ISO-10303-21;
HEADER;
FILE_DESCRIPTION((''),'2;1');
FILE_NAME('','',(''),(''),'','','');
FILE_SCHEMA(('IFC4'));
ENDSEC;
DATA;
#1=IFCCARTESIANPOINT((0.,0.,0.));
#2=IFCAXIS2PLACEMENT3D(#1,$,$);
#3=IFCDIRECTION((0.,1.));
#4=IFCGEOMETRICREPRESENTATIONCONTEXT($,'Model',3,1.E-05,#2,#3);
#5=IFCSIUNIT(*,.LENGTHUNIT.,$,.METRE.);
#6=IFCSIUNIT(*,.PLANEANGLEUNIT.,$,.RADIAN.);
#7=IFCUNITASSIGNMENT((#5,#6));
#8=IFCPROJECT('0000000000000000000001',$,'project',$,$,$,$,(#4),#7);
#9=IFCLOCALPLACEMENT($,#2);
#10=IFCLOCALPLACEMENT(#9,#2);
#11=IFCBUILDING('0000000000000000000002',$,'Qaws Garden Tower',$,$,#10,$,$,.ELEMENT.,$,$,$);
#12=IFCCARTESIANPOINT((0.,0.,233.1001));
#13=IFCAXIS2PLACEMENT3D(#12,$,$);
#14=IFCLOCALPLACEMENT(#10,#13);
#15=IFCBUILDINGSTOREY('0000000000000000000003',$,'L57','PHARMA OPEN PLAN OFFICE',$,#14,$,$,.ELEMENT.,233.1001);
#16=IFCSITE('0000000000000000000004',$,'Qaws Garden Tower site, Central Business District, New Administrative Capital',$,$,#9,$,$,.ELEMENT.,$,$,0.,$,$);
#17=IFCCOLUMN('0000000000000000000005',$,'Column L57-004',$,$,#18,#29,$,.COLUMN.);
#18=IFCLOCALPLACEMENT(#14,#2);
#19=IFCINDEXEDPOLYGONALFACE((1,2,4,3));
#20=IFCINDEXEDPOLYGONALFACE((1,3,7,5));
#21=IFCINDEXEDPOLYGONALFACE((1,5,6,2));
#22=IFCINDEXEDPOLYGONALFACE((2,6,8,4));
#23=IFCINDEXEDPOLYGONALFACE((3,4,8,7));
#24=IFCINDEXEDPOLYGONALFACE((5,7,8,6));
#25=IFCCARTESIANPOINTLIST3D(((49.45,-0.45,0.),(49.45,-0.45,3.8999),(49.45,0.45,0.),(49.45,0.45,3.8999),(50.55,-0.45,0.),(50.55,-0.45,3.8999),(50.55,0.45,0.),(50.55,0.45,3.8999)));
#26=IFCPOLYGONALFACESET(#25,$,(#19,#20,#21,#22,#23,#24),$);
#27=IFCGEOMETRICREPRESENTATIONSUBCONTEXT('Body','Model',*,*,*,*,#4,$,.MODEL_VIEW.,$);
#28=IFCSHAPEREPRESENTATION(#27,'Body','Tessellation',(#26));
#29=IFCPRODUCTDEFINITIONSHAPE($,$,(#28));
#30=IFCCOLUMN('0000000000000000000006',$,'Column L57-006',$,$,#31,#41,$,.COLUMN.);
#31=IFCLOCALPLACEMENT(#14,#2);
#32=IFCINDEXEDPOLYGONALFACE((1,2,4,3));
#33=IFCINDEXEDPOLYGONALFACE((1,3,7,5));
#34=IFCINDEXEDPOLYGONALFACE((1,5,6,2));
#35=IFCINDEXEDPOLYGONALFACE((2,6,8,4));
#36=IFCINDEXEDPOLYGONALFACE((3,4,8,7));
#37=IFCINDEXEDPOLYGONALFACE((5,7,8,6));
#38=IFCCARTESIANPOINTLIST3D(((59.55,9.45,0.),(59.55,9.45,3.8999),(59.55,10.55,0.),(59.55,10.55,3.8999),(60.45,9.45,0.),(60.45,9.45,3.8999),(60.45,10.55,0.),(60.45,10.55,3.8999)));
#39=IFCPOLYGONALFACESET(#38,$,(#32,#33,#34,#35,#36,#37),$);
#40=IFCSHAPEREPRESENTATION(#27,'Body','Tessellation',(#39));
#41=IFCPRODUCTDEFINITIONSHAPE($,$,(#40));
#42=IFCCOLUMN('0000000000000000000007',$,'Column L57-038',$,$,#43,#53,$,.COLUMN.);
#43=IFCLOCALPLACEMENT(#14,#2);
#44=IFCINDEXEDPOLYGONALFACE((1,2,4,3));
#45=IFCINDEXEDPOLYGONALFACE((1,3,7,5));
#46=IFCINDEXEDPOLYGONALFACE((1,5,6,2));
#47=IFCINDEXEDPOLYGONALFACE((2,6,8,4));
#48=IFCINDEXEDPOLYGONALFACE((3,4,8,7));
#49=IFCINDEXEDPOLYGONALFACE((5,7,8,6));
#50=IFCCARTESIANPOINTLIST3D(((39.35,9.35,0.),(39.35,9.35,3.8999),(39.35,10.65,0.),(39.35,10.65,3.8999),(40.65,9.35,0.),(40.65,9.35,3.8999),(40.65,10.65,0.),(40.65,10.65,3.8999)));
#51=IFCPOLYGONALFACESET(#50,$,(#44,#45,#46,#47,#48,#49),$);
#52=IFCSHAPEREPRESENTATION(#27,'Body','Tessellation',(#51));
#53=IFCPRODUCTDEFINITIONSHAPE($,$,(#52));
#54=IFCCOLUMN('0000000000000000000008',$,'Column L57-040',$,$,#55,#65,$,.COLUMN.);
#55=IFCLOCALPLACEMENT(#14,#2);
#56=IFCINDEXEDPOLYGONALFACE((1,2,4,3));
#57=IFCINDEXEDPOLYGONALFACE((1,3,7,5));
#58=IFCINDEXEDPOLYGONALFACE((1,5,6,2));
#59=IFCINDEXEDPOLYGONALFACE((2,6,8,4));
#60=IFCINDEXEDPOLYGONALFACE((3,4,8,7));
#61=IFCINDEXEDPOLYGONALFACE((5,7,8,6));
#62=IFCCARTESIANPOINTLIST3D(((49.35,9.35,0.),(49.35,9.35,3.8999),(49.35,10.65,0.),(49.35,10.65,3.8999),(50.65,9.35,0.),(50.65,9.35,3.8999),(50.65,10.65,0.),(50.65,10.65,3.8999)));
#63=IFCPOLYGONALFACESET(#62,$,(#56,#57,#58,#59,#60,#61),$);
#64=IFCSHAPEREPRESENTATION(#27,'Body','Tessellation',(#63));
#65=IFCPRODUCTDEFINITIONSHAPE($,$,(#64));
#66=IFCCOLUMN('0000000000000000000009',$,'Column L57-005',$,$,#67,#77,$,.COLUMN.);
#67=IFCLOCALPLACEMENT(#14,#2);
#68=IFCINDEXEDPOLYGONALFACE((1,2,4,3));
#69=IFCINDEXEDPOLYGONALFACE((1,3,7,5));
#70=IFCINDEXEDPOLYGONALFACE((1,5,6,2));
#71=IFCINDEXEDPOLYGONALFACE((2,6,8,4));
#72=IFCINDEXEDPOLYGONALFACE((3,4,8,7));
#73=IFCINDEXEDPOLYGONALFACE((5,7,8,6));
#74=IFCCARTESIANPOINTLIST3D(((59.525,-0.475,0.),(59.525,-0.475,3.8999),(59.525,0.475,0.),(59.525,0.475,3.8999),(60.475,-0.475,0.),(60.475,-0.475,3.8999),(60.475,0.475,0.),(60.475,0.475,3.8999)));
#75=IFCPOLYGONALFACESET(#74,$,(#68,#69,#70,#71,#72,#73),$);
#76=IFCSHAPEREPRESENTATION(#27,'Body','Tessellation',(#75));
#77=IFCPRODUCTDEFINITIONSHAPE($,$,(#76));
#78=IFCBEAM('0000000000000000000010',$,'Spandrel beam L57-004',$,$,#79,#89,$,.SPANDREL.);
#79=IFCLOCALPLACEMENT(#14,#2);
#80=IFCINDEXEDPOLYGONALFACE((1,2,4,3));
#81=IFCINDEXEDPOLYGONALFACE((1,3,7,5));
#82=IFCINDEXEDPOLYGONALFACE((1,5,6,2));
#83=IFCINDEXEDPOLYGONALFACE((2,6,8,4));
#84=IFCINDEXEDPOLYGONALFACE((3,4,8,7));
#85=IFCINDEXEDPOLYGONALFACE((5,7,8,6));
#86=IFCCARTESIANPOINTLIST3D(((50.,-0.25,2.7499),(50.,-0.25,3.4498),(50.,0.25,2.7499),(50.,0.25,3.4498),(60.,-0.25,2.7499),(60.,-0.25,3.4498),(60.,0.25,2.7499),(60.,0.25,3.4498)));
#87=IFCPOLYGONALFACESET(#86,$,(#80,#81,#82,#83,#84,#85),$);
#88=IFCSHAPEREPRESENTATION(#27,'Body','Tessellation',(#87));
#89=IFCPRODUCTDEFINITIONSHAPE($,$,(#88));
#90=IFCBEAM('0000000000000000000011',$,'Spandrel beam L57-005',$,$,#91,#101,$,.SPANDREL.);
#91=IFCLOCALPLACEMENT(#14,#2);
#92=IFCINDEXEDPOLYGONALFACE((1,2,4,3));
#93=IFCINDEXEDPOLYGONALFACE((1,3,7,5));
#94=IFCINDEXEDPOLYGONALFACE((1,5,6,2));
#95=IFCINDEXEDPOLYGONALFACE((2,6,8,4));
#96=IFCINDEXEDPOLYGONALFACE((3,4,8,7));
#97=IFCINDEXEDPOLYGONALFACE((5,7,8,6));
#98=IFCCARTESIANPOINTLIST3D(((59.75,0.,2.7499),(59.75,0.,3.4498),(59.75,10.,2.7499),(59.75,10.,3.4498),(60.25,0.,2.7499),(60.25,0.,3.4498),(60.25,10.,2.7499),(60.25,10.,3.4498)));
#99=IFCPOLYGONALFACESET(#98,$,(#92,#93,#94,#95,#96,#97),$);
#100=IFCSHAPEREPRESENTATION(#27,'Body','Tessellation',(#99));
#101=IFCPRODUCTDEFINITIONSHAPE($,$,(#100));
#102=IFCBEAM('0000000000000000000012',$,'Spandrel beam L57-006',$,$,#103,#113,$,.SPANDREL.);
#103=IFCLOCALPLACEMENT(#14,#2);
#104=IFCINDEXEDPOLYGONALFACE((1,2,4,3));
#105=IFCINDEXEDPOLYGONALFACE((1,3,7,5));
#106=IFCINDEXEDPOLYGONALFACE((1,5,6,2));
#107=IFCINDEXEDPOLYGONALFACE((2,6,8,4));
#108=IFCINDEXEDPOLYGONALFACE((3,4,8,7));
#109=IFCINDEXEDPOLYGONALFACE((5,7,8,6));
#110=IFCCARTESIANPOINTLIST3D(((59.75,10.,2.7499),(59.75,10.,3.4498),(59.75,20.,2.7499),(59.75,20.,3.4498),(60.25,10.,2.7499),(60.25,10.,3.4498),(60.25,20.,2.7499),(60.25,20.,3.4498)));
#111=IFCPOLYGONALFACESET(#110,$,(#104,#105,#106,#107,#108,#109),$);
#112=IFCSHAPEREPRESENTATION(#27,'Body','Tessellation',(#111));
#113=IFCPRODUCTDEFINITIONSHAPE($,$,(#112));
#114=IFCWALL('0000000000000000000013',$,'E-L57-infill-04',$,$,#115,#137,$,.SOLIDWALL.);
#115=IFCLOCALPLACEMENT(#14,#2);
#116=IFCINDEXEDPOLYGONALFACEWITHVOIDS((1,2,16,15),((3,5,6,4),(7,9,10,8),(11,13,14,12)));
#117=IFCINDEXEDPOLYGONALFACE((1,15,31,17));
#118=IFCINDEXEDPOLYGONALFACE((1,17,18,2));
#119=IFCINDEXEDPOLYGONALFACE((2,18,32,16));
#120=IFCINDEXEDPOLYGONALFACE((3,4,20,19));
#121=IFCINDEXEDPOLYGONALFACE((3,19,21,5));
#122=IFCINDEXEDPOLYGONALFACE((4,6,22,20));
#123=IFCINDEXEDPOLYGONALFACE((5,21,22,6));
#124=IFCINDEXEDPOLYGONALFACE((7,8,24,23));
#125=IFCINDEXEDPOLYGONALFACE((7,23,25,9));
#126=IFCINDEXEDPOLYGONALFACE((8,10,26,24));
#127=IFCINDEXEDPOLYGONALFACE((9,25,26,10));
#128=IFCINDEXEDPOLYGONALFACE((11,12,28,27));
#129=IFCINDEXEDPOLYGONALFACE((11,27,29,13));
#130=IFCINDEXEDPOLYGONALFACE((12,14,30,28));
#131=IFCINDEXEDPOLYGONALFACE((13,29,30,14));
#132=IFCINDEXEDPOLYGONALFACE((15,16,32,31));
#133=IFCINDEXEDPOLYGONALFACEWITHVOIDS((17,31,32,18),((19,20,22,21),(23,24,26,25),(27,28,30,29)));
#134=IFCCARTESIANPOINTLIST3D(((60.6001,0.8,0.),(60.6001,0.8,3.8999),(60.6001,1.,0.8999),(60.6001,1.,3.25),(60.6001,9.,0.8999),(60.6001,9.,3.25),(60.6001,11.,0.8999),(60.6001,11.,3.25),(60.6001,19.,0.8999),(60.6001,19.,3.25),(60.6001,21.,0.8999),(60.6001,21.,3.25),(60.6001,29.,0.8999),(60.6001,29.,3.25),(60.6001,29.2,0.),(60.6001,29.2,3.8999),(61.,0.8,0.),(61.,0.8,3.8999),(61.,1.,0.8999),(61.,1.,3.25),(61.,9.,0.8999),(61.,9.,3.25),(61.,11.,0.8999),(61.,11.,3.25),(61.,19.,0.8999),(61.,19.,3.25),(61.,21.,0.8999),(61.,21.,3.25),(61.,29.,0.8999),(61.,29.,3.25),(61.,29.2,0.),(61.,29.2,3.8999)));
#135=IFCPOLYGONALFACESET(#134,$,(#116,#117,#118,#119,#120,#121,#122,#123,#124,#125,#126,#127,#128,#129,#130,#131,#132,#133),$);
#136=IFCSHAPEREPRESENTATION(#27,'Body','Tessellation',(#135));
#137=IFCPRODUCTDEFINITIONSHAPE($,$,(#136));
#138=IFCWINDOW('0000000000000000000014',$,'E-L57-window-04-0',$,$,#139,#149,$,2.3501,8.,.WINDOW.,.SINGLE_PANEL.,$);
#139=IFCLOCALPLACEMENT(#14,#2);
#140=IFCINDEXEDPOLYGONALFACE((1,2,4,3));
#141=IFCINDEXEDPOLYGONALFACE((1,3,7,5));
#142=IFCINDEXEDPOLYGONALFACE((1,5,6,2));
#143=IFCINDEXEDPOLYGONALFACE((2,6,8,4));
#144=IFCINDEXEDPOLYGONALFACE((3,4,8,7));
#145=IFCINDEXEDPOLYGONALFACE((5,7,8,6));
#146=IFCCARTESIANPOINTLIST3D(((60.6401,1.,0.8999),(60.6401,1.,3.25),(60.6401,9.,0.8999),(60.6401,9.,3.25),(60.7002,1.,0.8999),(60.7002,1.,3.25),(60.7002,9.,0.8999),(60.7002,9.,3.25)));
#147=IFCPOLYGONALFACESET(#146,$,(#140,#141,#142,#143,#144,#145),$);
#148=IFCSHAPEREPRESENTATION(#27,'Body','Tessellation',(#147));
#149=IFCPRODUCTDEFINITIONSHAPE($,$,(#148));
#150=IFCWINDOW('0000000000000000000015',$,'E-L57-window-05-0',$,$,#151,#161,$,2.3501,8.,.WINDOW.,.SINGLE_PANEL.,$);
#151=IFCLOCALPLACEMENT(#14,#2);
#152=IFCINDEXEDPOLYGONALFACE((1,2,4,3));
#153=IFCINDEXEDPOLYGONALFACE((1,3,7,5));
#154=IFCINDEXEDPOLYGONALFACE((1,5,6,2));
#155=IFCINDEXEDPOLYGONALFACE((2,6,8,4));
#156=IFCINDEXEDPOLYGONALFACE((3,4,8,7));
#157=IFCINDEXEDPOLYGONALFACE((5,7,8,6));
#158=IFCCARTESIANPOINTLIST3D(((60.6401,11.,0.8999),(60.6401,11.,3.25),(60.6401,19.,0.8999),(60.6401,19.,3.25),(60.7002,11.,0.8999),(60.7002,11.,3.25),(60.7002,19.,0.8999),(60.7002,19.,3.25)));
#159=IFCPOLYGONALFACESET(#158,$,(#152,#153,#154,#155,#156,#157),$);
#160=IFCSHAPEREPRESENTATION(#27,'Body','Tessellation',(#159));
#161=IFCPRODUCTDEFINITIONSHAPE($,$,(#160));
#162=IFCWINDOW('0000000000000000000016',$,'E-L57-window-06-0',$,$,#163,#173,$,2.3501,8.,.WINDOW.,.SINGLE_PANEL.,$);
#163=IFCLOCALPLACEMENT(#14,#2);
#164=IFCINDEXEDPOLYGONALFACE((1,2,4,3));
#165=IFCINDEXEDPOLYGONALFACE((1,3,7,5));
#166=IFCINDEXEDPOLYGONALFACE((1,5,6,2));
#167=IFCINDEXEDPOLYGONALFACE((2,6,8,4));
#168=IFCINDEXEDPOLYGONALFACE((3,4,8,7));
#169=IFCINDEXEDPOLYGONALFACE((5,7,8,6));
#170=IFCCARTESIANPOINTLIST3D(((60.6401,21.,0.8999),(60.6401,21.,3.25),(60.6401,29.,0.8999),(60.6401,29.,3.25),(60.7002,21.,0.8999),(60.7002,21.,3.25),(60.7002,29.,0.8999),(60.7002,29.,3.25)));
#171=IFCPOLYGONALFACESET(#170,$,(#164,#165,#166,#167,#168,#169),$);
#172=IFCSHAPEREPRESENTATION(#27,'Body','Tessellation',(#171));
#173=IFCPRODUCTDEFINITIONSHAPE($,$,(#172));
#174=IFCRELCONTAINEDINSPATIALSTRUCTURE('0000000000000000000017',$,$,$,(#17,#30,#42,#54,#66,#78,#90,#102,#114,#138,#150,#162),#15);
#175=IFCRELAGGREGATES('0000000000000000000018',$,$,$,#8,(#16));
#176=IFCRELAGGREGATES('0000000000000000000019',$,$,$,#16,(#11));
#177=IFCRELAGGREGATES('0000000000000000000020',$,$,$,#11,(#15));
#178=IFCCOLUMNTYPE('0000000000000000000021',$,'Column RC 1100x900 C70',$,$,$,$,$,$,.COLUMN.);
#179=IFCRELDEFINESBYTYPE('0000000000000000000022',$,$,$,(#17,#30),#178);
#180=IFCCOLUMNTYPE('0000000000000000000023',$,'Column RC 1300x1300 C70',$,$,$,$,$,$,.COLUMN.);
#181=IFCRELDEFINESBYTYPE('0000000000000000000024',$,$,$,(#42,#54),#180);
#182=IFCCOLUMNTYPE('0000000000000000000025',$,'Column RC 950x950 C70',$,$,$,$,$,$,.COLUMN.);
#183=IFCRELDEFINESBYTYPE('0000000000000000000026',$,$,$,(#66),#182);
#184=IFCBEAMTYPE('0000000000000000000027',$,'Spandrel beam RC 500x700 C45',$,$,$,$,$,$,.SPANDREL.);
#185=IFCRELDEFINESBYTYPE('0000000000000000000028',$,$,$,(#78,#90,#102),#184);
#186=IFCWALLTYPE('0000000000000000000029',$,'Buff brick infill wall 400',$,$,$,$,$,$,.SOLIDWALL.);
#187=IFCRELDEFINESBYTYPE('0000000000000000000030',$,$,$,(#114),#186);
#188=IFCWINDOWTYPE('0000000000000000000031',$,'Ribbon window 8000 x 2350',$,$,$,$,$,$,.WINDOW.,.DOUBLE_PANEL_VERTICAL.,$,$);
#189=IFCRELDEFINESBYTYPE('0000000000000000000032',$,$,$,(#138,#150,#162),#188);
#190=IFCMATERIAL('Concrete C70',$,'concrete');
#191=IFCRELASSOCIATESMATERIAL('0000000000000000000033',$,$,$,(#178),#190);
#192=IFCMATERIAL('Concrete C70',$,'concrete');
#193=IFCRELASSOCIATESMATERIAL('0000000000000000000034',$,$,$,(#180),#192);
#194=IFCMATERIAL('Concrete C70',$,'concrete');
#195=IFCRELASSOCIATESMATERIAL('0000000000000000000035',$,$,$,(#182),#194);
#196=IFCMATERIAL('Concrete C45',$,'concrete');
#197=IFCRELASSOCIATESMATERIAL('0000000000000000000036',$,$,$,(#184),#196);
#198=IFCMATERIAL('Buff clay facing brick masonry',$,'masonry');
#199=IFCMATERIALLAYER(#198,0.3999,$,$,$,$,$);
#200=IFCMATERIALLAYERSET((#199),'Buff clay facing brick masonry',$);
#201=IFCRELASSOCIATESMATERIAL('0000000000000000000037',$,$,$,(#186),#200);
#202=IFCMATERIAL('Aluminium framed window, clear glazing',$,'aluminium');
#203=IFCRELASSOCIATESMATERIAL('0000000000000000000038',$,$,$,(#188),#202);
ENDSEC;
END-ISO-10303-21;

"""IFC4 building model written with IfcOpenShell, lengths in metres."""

from ifc_helpers import new_model, si_unit, direction, frame, frame_2d, origin, origin_2d, place, context, subcontext, project, spatial, rectangle, extrude, material, layer, layer_set, material_profile, profile_set, type_object, element, fill, save


model = new_model("IFC4")

# Units and contexts
model_context = context("Model", 3, precision=1e-05, world=origin(), true_north=direction((0.0, 1.0)))
body_context = subcontext(model_context, "Body", "Model", "MODEL_VIEW")
ifc_project = project(units=[si_unit("LENGTHUNIT", "METRE"), si_unit("PLANEANGLEUNIT", "RADIAN")], contexts=[model_context])

# Site, building, storey
site_placement = place(None, origin())
site = spatial("IfcSite", under=ifc_project, at=site_placement, Name="Qaws Garden Tower site, Central Business District, New Administrative Capital", CompositionType="ELEMENT", RefElevation=0.0)
building_placement = place(site_placement, origin())
building = spatial("IfcBuilding", under=site, at=building_placement, Name="Qaws Garden Tower", CompositionType="ELEMENT")
storey_placement = place(building_placement, frame((0.0, 0.0, 233.1001)))
storey = spatial("IfcBuildingStorey", under=building, at=storey_placement, Name="L57", Description="PHARMA OPEN PLAN OFFICE", CompositionType="ELEMENT", Elevation=233.1001)

# Columns
ifc_material_1 = material(Name="Concrete C70", Category="concrete")
ifc_material_profile_1 = material_profile(ifc_material_1, rectangle(XDim=1.1001, YDim=0.8999, at=origin_2d()), Name="RC 1100x900")
ifc_profile_set_1 = profile_set([ifc_material_profile_1], Name="Concrete C70")
column_type_1 = type_object("IfcColumnType", Name="Column RC 1100x900 C70", PredefinedType="COLUMN", material=ifc_profile_set_1)
for number, where, z_axis, x_axis, name in (
    (1, (50.0, 0.0, 0.0), (0.0, 0.0, 1.0), (1.0, 0.0, 0.0), "Column L57-004"),
    (2, (60.0, 10.0, 0.0), (0.0, 0.0, 1.0), (0.0, 1.0, 0.0), "Column L57-006"),
):
    element("IfcColumn", number, at=place(storey_placement, frame(where, z_axis=z_axis, x_axis=x_axis)), inside=storey, type_object=column_type_1, Name=name, PredefinedType="COLUMN", context=body_context, shape_type="SweptSolid", body=[
        extrude(rectangle(XDim=1.1001, YDim=0.8999, at=origin_2d()), origin(), (0.0, 0.0, 1.0), 3.8999),
    ])
ifc_material_2 = material(Name="Concrete C70", Category="concrete")
ifc_material_profile_2 = material_profile(ifc_material_2, rectangle(XDim=1.3, YDim=1.3, at=origin_2d()), Name="RC 1300x1300")
ifc_profile_set_2 = profile_set([ifc_material_profile_2], Name="Concrete C70")
column_type_2 = type_object("IfcColumnType", Name="Column RC 1300x1300 C70", PredefinedType="COLUMN", material=ifc_profile_set_2)
for number, where, z_axis, x_axis, name in (
    (3, (40.0, 10.0, 0.0), (0.0, 0.0, 1.0), (1.0, 0.0, 0.0), "Column L57-038"),
    (4, (50.0, 10.0, 0.0), (0.0, 0.0, 1.0), (1.0, 0.0, 0.0), "Column L57-040"),
):
    element("IfcColumn", number, at=place(storey_placement, frame(where, z_axis=z_axis, x_axis=x_axis)), inside=storey, type_object=column_type_2, Name=name, PredefinedType="COLUMN", context=body_context, shape_type="SweptSolid", body=[
        extrude(rectangle(XDim=1.3, YDim=1.3, at=origin_2d()), origin(), (0.0, 0.0, 1.0), 3.8999),
    ])
ifc_material_3 = material(Name="Concrete C70", Category="concrete")
ifc_material_profile_3 = material_profile(ifc_material_3, rectangle(XDim=0.95, YDim=0.95, at=origin_2d()), Name="RC 950x950")
ifc_profile_set_3 = profile_set([ifc_material_profile_3], Name="Concrete C70")
column_type_3 = type_object("IfcColumnType", Name="Column RC 950x950 C70", PredefinedType="COLUMN", material=ifc_profile_set_3)
column_placement = place(storey_placement, frame((60.0, 0.0, 0.0), z_axis=(0.0, 0.0, 1.0), x_axis=(1.0, 0.0, 0.0)))
element("IfcColumn", 5, at=column_placement, inside=storey, type_object=column_type_3, Name="Column L57-005", PredefinedType="COLUMN", context=body_context, shape_type="SweptSolid", body=[
    extrude(rectangle(XDim=0.95, YDim=0.95, at=origin_2d()), origin(), (0.0, 0.0, 1.0), 3.8999),
])

# Beams
ifc_material_4 = material(Name="Concrete C45", Category="concrete")
ifc_material_profile_4 = material_profile(ifc_material_4, rectangle(XDim=0.5, YDim=0.7, at=origin_2d()), Name="RC 500x700")
ifc_profile_set_4 = profile_set([ifc_material_profile_4], Name="Concrete C45")
beam_type = type_object("IfcBeamType", Name="Spandrel beam RC 500x700 C45", PredefinedType="SPANDREL", material=ifc_profile_set_4)
for number, where, z_axis, x_axis, name in (
    (6, (50.0, 0.0, 3.0999), (1.0, 0.0, 0.0), (0.0, 1.0, 0.0), "Spandrel beam L57-004"),
    (7, (60.0, 0.0, 3.0999), (0.0, 1.0, 0.0), (-1.0, 0.0, 0.0), "Spandrel beam L57-005"),
    (8, (60.0, 10.0, 3.0999), (0.0, 1.0, 0.0), (-1.0, 0.0, 0.0), "Spandrel beam L57-006"),
):
    element("IfcBeam", number, at=place(storey_placement, frame(where, z_axis=z_axis, x_axis=x_axis)), inside=storey, type_object=beam_type, Name=name, PredefinedType="SPANDREL", context=body_context, shape_type="SweptSolid", body=[
        extrude(rectangle(XDim=0.5, YDim=0.7, at=origin_2d()), origin(), (0.0, 0.0, 1.0), 10.0),
    ])

# Wall, openings, windows
ifc_material_5 = material(Name="Buff clay facing brick masonry", Category="masonry")
ifc_layer_1 = layer(ifc_material_5, 0.3999)
ifc_layer_set_1 = layer_set([ifc_layer_1], Name="Buff clay facing brick masonry")
wall_type_1 = type_object("IfcWallType", Name="Buff brick infill wall 400", PredefinedType="SOLIDWALL", material=ifc_layer_set_1)
wall_1_placement = place(storey_placement, frame((60.8, 0.8, 0.0), z_axis=(0.0, 0.0, 1.0), x_axis=(0.0, 1.0, 0.0)))
wall_1 = element("IfcWall", 9, at=wall_1_placement, inside=storey, type_object=wall_type_1, Name="E-L57-infill-04", PredefinedType="SOLIDWALL", context=body_context, shape_type="SweptSolid", body=[
    extrude(rectangle(XDim=28.3999, YDim=0.3999, at=frame_2d((14.2, 0.0))), origin(), (0.0, 0.0, 1.0), 3.8999),
])
opening_1_placement = place(wall_1_placement, frame((0.2, 0.0, 0.8999)))
opening_1 = element("IfcOpeningElement", 10, at=opening_1_placement, cuts=wall_1, PredefinedType="OPENING", context=body_context, shape_type="SweptSolid", body=[
    extrude(rectangle(XDim=8.0, YDim=2.3501, at=frame_2d((4.0, 1.175))), frame((0.0, 0.21, 0.0), z_axis=(0.0, -1.0, 0.0), x_axis=(1.0, 0.0, 0.0)), (0.0, 0.0, 1.0), 0.4199),
])
opening_2_placement = place(wall_1_placement, frame((10.2, 0.0, 0.8999)))
opening_2 = element("IfcOpeningElement", 11, at=opening_2_placement, cuts=wall_1, PredefinedType="OPENING", context=body_context, shape_type="SweptSolid", body=[
    extrude(rectangle(XDim=8.0, YDim=2.3501, at=frame_2d((4.0, 1.175))), frame((0.0, 0.21, 0.0), z_axis=(0.0, -1.0, 0.0), x_axis=(1.0, 0.0, 0.0)), (0.0, 0.0, 1.0), 0.4199),
])
opening_3_placement = place(wall_1_placement, frame((20.2, 0.0, 0.8999)))
opening_3 = element("IfcOpeningElement", 12, at=opening_3_placement, cuts=wall_1, PredefinedType="OPENING", context=body_context, shape_type="SweptSolid", body=[
    extrude(rectangle(XDim=8.0, YDim=2.3501, at=frame_2d((4.0, 1.175))), frame((0.0, 0.21, 0.0), z_axis=(0.0, -1.0, 0.0), x_axis=(1.0, 0.0, 0.0)), (0.0, 0.0, 1.0), 0.4199),
])
ifc_material_6 = material(Name="Aluminium framed window, clear glazing", Category="aluminium")
window_type = type_object("IfcWindowType", Name="Ribbon window 8000 x 2350", PartitioningType="DOUBLE_PANEL_VERTICAL", PredefinedType="WINDOW", material=ifc_material_6)
window_1_placement = place(opening_1_placement, origin())
window_1 = element("IfcWindow", 13, at=window_1_placement, inside=storey, type_object=window_type, Name="E-L57-window-04-0", OverallHeight=2.3501, OverallWidth=8.0, PartitioningType="SINGLE_PANEL", PredefinedType="WINDOW", context=body_context, shape_type="SweptSolid", body=[
    extrude(rectangle(XDim=8.0, YDim=2.3501, at=frame_2d((4.0, 1.175))), frame((0.0, 0.1599, 0.0), z_axis=(0.0, -1.0, 0.0), x_axis=(1.0, 0.0, 0.0)), (0.0, 0.0, 1.0), 0.0601),
])
fill(opening_1, window_1)
window_2_placement = place(opening_2_placement, origin())
window_2 = element("IfcWindow", 14, at=window_2_placement, inside=storey, type_object=window_type, Name="E-L57-window-05-0", OverallHeight=2.3501, OverallWidth=8.0, PartitioningType="SINGLE_PANEL", PredefinedType="WINDOW", context=body_context, shape_type="SweptSolid", body=[
    extrude(rectangle(XDim=8.0, YDim=2.3501, at=frame_2d((4.0, 1.175))), frame((0.0, 0.1599, 0.0), z_axis=(0.0, -1.0, 0.0), x_axis=(1.0, 0.0, 0.0)), (0.0, 0.0, 1.0), 0.0601),
])
fill(opening_2, window_2)
window_3_placement = place(opening_3_placement, origin())
window_3 = element("IfcWindow", 15, at=window_3_placement, inside=storey, type_object=window_type, Name="E-L57-window-06-0", OverallHeight=2.3501, OverallWidth=8.0, PartitioningType="SINGLE_PANEL", PredefinedType="WINDOW", context=body_context, shape_type="SweptSolid", body=[
    extrude(rectangle(XDim=8.0, YDim=2.3501, at=frame_2d((4.0, 1.175))), frame((0.0, 0.1599, 0.0), z_axis=(0.0, -1.0, 0.0), x_axis=(1.0, 0.0, 0.0)), (0.0, 0.0, 1.0), 0.0601),
])
fill(opening_3, window_3)

save(model, "model.ifc")
